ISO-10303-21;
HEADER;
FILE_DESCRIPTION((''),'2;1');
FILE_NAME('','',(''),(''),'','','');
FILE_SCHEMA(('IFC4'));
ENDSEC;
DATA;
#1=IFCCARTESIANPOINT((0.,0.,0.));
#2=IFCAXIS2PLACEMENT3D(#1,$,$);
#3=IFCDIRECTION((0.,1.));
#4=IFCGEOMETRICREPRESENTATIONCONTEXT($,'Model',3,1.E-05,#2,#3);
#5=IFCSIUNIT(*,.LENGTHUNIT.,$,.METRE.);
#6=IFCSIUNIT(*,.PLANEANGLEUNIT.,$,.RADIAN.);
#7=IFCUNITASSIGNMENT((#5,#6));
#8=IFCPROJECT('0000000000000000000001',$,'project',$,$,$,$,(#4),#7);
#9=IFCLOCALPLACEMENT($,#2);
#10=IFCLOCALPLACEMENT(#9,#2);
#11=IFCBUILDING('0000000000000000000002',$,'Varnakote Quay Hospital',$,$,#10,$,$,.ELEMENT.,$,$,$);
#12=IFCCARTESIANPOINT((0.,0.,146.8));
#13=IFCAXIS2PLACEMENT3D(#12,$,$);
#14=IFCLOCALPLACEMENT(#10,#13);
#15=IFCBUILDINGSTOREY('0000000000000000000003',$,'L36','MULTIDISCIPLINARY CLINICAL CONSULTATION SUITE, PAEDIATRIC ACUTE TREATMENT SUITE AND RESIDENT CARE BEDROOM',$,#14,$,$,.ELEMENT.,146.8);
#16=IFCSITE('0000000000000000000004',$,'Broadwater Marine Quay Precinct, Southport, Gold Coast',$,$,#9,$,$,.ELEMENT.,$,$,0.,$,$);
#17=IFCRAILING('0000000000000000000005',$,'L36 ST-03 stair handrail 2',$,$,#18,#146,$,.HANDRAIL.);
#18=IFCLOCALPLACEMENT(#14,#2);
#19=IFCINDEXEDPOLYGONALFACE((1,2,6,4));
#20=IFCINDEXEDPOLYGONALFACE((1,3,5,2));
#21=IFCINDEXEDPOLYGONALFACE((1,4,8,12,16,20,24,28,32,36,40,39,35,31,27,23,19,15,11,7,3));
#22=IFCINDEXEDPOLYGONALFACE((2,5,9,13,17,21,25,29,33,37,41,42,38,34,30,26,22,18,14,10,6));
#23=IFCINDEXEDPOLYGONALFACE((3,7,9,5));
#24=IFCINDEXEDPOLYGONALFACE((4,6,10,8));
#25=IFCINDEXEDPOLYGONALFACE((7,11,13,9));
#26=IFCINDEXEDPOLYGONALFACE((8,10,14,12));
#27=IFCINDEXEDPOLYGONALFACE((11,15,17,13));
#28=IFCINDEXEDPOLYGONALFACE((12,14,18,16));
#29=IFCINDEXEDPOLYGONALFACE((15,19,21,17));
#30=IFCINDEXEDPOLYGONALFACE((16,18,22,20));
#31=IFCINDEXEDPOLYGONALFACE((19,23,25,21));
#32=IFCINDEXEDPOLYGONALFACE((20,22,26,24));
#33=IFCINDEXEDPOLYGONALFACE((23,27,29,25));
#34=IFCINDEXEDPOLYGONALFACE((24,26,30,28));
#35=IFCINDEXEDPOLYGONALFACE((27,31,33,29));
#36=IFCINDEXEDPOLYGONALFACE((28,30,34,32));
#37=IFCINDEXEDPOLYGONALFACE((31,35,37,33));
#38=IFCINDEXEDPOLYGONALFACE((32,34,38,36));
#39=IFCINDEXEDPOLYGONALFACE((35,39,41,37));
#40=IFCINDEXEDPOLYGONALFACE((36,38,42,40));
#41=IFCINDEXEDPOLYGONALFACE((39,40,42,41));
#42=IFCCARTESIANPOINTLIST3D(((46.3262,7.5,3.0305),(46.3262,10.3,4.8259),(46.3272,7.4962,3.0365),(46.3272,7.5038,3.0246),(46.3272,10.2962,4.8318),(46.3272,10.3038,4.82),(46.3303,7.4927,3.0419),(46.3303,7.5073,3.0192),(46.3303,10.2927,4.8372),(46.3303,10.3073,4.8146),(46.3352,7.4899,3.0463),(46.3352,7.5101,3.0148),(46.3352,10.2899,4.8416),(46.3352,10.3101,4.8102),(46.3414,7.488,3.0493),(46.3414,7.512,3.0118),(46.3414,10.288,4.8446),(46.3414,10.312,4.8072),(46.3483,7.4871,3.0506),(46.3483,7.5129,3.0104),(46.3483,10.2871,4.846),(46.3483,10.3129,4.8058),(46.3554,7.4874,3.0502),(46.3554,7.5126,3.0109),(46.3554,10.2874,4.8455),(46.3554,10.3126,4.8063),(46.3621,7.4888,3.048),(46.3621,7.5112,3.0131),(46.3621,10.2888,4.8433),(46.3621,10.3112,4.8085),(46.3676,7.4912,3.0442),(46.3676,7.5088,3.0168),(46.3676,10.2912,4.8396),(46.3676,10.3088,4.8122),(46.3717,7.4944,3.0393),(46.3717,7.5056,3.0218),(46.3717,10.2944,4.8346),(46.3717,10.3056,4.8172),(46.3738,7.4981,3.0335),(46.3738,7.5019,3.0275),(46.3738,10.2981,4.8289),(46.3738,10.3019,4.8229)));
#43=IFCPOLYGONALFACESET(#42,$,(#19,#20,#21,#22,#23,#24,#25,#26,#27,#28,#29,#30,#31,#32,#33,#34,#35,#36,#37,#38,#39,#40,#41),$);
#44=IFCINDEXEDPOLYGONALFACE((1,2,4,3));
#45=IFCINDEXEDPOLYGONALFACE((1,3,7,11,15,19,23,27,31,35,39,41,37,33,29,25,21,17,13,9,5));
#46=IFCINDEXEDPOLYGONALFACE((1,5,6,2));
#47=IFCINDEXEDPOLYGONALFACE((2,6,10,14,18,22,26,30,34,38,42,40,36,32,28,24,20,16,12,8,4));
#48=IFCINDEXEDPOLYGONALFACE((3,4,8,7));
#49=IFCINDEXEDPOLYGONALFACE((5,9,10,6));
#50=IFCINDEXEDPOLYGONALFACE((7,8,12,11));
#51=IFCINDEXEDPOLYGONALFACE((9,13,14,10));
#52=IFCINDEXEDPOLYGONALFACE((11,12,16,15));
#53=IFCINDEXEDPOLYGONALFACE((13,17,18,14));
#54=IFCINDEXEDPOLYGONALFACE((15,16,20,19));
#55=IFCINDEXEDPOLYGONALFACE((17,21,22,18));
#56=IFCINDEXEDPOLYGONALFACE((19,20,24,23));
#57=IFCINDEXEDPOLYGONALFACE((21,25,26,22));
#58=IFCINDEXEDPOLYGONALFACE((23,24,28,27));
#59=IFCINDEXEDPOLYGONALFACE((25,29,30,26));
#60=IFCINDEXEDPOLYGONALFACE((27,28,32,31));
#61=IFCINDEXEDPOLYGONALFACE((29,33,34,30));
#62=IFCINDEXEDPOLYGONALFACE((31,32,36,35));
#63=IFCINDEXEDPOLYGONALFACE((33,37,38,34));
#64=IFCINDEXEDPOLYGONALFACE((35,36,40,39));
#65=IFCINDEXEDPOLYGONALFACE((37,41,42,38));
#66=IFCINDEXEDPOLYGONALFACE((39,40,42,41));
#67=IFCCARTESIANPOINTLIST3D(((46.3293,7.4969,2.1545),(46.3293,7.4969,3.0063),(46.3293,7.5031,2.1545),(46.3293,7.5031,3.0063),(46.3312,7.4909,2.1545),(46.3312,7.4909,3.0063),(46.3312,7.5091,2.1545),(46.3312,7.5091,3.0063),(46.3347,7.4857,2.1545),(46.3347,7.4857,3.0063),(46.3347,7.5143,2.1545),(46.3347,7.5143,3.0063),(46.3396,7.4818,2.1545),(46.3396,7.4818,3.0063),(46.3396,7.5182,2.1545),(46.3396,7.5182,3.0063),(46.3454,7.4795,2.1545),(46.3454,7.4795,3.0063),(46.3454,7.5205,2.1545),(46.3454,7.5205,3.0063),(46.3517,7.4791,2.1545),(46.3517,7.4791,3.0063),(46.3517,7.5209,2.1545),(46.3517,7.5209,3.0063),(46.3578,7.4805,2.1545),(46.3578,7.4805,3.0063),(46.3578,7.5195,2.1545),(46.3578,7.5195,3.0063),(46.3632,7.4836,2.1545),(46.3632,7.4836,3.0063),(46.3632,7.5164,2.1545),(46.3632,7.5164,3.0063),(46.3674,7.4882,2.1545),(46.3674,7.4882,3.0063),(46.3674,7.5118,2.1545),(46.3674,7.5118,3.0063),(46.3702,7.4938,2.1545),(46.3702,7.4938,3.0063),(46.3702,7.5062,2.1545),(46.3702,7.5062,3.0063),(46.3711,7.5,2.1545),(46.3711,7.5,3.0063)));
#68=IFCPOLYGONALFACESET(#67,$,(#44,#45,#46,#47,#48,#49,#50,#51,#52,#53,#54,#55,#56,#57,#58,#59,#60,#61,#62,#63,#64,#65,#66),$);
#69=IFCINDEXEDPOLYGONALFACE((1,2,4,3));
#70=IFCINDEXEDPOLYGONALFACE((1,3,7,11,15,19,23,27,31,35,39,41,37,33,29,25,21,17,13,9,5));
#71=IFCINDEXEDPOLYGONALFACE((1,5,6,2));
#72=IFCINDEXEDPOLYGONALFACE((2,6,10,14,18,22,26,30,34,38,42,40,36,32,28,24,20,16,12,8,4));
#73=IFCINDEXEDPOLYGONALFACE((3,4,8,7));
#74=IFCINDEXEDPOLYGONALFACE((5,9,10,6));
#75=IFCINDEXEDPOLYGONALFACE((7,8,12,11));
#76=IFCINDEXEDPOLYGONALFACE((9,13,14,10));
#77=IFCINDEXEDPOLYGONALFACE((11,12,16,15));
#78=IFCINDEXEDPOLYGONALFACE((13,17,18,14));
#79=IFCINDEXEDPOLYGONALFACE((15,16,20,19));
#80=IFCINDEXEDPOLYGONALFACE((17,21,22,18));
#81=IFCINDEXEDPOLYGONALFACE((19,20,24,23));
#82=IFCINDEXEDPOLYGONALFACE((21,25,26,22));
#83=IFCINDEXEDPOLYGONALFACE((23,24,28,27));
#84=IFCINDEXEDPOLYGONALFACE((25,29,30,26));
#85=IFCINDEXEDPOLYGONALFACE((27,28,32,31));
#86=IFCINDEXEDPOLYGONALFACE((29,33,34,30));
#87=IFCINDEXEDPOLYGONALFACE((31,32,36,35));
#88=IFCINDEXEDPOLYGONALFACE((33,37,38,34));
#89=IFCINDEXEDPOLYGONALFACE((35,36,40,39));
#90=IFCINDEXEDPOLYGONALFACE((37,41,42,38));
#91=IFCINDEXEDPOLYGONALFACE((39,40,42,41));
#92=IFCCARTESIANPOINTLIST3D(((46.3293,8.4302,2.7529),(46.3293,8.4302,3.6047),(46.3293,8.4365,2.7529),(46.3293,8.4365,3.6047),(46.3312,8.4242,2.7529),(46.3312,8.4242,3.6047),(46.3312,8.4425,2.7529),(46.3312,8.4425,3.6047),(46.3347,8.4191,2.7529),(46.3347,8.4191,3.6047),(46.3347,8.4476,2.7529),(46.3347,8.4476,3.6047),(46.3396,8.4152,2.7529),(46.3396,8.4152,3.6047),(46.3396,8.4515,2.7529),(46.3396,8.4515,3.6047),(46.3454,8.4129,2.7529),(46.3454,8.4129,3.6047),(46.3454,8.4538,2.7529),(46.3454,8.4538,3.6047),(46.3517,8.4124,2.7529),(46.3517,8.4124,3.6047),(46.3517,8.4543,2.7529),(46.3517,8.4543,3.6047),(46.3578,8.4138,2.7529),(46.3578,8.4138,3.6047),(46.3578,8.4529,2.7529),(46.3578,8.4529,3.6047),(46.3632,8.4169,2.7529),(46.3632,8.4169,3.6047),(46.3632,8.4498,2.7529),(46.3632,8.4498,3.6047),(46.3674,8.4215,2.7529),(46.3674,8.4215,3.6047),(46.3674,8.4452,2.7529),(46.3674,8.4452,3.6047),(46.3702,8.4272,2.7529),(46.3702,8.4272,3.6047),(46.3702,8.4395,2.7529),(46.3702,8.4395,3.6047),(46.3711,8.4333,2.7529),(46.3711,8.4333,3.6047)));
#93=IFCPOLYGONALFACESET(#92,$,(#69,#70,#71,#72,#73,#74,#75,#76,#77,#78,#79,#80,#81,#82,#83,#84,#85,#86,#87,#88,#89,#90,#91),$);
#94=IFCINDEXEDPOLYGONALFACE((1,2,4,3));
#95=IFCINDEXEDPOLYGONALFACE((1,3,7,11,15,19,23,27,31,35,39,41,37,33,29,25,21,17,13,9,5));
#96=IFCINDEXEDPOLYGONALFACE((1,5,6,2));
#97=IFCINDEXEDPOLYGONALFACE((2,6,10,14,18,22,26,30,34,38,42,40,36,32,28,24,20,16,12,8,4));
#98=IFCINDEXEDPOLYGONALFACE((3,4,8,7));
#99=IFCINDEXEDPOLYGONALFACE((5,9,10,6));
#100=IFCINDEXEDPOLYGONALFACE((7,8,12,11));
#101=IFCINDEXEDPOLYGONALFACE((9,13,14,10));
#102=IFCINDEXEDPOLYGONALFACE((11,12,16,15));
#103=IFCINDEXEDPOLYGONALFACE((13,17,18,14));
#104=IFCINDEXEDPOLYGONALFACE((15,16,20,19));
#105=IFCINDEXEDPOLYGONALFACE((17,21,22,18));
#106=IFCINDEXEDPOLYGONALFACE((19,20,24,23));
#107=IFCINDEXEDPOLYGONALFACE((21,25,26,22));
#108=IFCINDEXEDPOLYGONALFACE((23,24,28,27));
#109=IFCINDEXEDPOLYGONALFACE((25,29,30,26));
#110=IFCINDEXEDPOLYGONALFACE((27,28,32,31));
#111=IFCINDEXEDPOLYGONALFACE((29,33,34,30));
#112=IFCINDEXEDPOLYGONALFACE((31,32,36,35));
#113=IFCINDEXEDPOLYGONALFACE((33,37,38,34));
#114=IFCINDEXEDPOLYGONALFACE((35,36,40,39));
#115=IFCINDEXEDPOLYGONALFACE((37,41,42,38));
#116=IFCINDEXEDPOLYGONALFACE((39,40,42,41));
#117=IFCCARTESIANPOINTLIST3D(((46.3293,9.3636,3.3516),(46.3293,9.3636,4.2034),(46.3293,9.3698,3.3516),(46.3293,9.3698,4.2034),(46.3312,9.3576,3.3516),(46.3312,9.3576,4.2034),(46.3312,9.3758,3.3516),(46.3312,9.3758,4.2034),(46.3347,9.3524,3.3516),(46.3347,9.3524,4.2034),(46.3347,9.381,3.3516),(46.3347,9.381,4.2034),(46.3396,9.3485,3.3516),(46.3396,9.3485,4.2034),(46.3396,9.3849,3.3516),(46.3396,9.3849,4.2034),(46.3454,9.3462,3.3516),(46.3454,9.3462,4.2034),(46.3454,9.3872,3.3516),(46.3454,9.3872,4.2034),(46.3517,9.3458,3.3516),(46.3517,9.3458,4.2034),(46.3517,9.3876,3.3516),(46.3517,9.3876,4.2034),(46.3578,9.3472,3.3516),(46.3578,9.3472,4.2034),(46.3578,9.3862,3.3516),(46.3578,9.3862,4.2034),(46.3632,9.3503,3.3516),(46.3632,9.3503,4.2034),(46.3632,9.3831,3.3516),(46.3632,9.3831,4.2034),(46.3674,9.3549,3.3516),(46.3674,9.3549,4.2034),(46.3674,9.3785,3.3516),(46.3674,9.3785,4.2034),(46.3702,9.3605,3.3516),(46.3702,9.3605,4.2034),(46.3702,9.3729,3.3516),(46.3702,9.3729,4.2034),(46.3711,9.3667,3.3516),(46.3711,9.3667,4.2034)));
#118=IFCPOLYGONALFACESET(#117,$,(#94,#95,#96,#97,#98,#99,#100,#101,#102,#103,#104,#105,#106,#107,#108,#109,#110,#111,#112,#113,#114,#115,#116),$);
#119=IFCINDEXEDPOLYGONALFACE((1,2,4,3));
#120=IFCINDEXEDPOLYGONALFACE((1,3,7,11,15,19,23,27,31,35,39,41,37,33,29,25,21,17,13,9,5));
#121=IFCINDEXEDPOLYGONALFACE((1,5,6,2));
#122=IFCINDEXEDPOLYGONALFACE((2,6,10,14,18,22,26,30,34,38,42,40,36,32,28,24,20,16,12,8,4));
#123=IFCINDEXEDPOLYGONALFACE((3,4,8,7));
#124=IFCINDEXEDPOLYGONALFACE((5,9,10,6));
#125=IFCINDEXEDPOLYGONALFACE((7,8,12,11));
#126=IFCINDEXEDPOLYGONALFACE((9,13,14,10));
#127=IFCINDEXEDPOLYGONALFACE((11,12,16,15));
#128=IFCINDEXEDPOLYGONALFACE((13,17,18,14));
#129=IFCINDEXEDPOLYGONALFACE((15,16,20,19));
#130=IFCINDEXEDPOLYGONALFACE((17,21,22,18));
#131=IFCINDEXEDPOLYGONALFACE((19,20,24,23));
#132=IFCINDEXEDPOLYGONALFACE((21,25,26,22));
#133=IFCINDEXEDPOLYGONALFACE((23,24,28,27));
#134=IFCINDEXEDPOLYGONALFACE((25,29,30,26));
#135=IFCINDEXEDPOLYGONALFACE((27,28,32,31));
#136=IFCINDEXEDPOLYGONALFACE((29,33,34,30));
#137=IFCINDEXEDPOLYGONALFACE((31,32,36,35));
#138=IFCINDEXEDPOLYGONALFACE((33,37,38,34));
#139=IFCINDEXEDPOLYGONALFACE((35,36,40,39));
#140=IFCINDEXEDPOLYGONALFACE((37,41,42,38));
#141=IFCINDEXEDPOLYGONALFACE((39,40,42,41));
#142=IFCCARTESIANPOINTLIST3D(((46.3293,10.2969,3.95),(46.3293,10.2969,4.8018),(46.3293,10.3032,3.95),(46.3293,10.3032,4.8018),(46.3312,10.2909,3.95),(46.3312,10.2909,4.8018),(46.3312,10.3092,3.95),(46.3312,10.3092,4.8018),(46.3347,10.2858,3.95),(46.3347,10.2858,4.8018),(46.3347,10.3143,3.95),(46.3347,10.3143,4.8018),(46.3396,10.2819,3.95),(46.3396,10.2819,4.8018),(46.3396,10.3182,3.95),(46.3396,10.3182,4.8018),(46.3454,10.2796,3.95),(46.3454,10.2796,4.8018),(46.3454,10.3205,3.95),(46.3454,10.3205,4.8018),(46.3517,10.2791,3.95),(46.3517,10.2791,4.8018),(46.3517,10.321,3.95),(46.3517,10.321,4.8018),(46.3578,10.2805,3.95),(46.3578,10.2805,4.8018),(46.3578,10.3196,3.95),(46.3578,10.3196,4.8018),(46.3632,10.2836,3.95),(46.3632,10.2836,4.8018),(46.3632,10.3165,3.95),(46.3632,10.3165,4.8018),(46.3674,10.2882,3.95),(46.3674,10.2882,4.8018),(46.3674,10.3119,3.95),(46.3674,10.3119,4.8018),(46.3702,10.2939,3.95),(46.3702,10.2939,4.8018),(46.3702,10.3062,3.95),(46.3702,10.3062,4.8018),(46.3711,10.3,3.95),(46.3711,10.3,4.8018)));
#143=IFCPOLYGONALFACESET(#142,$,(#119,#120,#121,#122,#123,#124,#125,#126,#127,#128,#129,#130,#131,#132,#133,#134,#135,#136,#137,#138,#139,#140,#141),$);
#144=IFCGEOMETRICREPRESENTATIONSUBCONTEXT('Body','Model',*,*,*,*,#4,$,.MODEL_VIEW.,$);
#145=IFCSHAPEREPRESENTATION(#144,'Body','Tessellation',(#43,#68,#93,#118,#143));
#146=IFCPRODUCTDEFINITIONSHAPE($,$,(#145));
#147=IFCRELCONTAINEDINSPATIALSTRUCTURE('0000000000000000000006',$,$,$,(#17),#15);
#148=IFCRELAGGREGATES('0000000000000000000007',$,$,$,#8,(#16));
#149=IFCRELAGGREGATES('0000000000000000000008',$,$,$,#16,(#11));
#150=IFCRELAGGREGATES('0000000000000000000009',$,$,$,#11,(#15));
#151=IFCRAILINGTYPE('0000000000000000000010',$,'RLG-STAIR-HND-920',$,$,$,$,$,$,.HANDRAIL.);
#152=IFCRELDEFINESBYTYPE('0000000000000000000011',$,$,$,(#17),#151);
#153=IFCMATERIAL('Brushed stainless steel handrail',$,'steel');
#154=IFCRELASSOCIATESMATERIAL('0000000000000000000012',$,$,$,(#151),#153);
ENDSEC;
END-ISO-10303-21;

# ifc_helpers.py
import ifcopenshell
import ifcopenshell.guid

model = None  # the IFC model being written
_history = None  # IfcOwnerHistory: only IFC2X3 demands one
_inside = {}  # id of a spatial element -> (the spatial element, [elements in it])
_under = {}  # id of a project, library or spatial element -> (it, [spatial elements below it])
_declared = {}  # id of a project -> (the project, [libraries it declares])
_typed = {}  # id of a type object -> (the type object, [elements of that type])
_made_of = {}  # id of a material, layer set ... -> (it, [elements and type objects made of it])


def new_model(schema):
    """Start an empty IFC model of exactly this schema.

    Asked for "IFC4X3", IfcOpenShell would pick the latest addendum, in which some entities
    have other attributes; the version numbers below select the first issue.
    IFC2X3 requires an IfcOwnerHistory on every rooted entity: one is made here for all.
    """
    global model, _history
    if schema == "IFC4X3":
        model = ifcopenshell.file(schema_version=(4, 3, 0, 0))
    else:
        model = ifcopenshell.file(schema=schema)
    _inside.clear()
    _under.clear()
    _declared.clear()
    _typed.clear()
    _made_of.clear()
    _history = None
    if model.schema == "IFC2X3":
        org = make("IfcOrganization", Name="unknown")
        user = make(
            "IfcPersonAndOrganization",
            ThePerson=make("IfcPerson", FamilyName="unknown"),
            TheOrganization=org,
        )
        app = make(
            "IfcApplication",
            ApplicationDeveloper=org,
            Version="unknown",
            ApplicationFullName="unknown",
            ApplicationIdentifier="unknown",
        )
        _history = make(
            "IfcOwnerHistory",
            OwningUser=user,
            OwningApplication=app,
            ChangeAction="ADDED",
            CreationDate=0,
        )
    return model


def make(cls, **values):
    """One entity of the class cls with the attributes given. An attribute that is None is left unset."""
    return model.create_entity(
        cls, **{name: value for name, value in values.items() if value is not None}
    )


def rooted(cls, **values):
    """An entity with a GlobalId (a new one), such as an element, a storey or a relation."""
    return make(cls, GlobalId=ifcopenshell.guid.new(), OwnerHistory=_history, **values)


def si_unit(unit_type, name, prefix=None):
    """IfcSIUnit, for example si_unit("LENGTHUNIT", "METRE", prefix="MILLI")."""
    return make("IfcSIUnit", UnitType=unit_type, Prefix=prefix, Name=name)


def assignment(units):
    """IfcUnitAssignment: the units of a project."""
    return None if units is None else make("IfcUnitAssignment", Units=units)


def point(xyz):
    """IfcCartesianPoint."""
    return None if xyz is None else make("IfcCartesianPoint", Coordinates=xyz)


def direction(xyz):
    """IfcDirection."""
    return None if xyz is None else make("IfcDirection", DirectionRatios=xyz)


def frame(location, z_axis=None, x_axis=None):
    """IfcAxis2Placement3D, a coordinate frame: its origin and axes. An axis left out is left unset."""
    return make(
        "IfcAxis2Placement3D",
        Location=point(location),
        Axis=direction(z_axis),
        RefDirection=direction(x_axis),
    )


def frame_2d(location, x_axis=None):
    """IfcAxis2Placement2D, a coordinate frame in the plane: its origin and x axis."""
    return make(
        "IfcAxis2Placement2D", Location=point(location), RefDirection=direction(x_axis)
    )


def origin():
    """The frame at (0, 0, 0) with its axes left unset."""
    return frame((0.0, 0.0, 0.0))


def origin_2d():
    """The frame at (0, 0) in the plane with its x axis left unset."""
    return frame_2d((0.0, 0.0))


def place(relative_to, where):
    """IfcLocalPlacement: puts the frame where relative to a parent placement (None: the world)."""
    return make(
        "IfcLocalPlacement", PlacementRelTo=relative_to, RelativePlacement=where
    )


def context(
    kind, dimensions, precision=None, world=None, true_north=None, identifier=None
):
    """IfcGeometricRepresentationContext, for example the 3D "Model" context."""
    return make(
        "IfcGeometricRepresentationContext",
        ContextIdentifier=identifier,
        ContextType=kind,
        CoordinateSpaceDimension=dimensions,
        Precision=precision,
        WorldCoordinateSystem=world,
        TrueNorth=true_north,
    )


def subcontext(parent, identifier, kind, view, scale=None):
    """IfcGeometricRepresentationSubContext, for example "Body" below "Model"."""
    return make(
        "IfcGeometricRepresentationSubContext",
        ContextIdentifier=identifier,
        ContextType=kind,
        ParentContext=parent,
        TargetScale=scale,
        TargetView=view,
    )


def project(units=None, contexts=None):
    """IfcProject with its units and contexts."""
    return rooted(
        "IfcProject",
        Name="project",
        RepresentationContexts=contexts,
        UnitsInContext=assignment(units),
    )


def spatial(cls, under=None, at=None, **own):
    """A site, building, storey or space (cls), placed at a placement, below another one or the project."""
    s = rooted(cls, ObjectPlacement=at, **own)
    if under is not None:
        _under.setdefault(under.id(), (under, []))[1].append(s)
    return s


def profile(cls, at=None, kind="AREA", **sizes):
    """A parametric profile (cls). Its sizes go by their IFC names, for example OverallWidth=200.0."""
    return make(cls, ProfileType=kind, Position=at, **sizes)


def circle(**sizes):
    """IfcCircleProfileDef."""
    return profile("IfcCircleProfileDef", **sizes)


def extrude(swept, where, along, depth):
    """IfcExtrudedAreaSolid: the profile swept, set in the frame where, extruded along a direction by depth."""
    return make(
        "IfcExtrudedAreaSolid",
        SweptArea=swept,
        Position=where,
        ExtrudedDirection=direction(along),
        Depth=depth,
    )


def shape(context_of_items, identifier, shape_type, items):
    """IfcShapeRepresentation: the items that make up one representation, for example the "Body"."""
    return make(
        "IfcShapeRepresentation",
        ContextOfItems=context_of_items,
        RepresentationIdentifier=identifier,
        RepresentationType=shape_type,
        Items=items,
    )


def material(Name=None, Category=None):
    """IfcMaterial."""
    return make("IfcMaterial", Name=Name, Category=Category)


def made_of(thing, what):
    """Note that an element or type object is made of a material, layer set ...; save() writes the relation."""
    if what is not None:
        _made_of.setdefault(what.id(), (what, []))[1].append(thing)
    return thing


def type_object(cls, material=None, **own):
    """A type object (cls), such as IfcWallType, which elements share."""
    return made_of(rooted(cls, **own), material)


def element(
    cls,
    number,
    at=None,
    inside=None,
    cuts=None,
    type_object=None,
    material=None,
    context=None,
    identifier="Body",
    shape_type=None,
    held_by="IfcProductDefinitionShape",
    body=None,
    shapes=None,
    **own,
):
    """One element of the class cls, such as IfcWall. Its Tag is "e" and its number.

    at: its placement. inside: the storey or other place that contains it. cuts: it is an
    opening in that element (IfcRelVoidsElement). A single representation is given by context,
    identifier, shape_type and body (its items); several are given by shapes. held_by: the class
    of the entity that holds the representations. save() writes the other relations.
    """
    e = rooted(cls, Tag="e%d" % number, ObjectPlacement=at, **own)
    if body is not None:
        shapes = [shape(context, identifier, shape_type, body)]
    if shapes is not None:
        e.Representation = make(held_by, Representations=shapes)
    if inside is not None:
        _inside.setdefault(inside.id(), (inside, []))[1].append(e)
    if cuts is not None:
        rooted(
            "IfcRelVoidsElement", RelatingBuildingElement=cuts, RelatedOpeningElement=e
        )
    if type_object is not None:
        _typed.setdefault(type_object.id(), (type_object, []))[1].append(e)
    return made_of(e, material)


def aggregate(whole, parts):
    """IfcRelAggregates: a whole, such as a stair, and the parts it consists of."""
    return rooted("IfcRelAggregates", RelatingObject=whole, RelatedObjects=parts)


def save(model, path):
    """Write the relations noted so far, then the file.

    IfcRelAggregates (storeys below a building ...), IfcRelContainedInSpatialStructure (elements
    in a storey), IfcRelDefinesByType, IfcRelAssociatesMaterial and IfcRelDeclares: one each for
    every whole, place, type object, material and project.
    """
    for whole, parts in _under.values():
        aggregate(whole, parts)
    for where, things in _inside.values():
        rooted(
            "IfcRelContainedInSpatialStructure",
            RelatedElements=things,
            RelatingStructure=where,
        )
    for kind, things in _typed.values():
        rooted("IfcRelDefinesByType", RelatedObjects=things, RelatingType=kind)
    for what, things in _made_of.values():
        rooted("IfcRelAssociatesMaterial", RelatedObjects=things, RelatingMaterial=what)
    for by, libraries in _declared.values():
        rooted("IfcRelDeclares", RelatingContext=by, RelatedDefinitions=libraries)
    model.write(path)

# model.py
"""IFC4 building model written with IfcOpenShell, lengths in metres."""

from ifc_helpers import new_model, si_unit, direction, frame, origin, origin_2d, place, context, subcontext, project, spatial, circle, extrude, material, type_object, element, save


model = new_model("IFC4")

# Units and contexts
model_context = context("Model", 3, precision=1e-05, world=origin(), true_north=direction((0.0, 1.0)))
body_context = subcontext(model_context, "Body", "Model", "MODEL_VIEW")
ifc_project = project(units=[si_unit("LENGTHUNIT", "METRE"), si_unit("PLANEANGLEUNIT", "RADIAN")], contexts=[model_context])

# Site, building, storey
site_placement = place(None, origin())
site = spatial("IfcSite", under=ifc_project, at=site_placement, Name="Broadwater Marine Quay Precinct, Southport, Gold Coast", CompositionType="ELEMENT", RefElevation=0.0)
building_placement = place(site_placement, origin())
building = spatial("IfcBuilding", under=site, at=building_placement, Name="Varnakote Quay Hospital", CompositionType="ELEMENT")
storey_placement = place(building_placement, frame((0.0, 0.0, 146.8)))
storey = spatial("IfcBuildingStorey", under=building, at=storey_placement, Name="L36", Description="MULTIDISCIPLINARY CLINICAL CONSULTATION SUITE, PAEDIATRIC ACUTE TREATMENT SUITE AND RESIDENT CARE BEDROOM", CompositionType="ELEMENT", Elevation=146.8)

# Railing
ifc_material_1 = material(Name="Brushed stainless steel handrail", Category="steel")
railing_type_1 = type_object("IfcRailingType", Name="RLG-STAIR-HND-920", PredefinedType="HANDRAIL", material=ifc_material_1)
railing_1_placement = place(storey_placement, frame((46.3501, 7.5, 2.1545)))
element("IfcRailing", 1, at=railing_1_placement, inside=storey, type_object=railing_type_1, Name="L36 ST-03 stair handrail 2", PredefinedType="HANDRAIL", context=body_context, shape_type="SweptSolid", body=[
    extrude(circle(Radius=0.0239, at=origin_2d()), frame((0.0, 0.0, 0.876), z_axis=(0.0, 0.84181, 0.539774), x_axis=(-1.0, 0.0, 0.0)), (0.0, 0.0, 1.0), 3.3262),
    extrude(circle(Radius=0.021, at=origin_2d()), origin(), (0.0, 0.0, 1.0), 0.8518),
    extrude(circle(Radius=0.021, at=origin_2d()), frame((0.0, 0.9333, 0.5984)), (0.0, 0.0, 1.0), 0.8518),
    extrude(circle(Radius=0.021, at=origin_2d()), frame((0.0, 1.8667, 1.197)), (0.0, 0.0, 1.0), 0.8518),
    extrude(circle(Radius=0.021, at=origin_2d()), frame((0.0, 2.8, 1.7954)), (0.0, 0.0, 1.0), 0.8518),
])

save(model, "model.ifc")
